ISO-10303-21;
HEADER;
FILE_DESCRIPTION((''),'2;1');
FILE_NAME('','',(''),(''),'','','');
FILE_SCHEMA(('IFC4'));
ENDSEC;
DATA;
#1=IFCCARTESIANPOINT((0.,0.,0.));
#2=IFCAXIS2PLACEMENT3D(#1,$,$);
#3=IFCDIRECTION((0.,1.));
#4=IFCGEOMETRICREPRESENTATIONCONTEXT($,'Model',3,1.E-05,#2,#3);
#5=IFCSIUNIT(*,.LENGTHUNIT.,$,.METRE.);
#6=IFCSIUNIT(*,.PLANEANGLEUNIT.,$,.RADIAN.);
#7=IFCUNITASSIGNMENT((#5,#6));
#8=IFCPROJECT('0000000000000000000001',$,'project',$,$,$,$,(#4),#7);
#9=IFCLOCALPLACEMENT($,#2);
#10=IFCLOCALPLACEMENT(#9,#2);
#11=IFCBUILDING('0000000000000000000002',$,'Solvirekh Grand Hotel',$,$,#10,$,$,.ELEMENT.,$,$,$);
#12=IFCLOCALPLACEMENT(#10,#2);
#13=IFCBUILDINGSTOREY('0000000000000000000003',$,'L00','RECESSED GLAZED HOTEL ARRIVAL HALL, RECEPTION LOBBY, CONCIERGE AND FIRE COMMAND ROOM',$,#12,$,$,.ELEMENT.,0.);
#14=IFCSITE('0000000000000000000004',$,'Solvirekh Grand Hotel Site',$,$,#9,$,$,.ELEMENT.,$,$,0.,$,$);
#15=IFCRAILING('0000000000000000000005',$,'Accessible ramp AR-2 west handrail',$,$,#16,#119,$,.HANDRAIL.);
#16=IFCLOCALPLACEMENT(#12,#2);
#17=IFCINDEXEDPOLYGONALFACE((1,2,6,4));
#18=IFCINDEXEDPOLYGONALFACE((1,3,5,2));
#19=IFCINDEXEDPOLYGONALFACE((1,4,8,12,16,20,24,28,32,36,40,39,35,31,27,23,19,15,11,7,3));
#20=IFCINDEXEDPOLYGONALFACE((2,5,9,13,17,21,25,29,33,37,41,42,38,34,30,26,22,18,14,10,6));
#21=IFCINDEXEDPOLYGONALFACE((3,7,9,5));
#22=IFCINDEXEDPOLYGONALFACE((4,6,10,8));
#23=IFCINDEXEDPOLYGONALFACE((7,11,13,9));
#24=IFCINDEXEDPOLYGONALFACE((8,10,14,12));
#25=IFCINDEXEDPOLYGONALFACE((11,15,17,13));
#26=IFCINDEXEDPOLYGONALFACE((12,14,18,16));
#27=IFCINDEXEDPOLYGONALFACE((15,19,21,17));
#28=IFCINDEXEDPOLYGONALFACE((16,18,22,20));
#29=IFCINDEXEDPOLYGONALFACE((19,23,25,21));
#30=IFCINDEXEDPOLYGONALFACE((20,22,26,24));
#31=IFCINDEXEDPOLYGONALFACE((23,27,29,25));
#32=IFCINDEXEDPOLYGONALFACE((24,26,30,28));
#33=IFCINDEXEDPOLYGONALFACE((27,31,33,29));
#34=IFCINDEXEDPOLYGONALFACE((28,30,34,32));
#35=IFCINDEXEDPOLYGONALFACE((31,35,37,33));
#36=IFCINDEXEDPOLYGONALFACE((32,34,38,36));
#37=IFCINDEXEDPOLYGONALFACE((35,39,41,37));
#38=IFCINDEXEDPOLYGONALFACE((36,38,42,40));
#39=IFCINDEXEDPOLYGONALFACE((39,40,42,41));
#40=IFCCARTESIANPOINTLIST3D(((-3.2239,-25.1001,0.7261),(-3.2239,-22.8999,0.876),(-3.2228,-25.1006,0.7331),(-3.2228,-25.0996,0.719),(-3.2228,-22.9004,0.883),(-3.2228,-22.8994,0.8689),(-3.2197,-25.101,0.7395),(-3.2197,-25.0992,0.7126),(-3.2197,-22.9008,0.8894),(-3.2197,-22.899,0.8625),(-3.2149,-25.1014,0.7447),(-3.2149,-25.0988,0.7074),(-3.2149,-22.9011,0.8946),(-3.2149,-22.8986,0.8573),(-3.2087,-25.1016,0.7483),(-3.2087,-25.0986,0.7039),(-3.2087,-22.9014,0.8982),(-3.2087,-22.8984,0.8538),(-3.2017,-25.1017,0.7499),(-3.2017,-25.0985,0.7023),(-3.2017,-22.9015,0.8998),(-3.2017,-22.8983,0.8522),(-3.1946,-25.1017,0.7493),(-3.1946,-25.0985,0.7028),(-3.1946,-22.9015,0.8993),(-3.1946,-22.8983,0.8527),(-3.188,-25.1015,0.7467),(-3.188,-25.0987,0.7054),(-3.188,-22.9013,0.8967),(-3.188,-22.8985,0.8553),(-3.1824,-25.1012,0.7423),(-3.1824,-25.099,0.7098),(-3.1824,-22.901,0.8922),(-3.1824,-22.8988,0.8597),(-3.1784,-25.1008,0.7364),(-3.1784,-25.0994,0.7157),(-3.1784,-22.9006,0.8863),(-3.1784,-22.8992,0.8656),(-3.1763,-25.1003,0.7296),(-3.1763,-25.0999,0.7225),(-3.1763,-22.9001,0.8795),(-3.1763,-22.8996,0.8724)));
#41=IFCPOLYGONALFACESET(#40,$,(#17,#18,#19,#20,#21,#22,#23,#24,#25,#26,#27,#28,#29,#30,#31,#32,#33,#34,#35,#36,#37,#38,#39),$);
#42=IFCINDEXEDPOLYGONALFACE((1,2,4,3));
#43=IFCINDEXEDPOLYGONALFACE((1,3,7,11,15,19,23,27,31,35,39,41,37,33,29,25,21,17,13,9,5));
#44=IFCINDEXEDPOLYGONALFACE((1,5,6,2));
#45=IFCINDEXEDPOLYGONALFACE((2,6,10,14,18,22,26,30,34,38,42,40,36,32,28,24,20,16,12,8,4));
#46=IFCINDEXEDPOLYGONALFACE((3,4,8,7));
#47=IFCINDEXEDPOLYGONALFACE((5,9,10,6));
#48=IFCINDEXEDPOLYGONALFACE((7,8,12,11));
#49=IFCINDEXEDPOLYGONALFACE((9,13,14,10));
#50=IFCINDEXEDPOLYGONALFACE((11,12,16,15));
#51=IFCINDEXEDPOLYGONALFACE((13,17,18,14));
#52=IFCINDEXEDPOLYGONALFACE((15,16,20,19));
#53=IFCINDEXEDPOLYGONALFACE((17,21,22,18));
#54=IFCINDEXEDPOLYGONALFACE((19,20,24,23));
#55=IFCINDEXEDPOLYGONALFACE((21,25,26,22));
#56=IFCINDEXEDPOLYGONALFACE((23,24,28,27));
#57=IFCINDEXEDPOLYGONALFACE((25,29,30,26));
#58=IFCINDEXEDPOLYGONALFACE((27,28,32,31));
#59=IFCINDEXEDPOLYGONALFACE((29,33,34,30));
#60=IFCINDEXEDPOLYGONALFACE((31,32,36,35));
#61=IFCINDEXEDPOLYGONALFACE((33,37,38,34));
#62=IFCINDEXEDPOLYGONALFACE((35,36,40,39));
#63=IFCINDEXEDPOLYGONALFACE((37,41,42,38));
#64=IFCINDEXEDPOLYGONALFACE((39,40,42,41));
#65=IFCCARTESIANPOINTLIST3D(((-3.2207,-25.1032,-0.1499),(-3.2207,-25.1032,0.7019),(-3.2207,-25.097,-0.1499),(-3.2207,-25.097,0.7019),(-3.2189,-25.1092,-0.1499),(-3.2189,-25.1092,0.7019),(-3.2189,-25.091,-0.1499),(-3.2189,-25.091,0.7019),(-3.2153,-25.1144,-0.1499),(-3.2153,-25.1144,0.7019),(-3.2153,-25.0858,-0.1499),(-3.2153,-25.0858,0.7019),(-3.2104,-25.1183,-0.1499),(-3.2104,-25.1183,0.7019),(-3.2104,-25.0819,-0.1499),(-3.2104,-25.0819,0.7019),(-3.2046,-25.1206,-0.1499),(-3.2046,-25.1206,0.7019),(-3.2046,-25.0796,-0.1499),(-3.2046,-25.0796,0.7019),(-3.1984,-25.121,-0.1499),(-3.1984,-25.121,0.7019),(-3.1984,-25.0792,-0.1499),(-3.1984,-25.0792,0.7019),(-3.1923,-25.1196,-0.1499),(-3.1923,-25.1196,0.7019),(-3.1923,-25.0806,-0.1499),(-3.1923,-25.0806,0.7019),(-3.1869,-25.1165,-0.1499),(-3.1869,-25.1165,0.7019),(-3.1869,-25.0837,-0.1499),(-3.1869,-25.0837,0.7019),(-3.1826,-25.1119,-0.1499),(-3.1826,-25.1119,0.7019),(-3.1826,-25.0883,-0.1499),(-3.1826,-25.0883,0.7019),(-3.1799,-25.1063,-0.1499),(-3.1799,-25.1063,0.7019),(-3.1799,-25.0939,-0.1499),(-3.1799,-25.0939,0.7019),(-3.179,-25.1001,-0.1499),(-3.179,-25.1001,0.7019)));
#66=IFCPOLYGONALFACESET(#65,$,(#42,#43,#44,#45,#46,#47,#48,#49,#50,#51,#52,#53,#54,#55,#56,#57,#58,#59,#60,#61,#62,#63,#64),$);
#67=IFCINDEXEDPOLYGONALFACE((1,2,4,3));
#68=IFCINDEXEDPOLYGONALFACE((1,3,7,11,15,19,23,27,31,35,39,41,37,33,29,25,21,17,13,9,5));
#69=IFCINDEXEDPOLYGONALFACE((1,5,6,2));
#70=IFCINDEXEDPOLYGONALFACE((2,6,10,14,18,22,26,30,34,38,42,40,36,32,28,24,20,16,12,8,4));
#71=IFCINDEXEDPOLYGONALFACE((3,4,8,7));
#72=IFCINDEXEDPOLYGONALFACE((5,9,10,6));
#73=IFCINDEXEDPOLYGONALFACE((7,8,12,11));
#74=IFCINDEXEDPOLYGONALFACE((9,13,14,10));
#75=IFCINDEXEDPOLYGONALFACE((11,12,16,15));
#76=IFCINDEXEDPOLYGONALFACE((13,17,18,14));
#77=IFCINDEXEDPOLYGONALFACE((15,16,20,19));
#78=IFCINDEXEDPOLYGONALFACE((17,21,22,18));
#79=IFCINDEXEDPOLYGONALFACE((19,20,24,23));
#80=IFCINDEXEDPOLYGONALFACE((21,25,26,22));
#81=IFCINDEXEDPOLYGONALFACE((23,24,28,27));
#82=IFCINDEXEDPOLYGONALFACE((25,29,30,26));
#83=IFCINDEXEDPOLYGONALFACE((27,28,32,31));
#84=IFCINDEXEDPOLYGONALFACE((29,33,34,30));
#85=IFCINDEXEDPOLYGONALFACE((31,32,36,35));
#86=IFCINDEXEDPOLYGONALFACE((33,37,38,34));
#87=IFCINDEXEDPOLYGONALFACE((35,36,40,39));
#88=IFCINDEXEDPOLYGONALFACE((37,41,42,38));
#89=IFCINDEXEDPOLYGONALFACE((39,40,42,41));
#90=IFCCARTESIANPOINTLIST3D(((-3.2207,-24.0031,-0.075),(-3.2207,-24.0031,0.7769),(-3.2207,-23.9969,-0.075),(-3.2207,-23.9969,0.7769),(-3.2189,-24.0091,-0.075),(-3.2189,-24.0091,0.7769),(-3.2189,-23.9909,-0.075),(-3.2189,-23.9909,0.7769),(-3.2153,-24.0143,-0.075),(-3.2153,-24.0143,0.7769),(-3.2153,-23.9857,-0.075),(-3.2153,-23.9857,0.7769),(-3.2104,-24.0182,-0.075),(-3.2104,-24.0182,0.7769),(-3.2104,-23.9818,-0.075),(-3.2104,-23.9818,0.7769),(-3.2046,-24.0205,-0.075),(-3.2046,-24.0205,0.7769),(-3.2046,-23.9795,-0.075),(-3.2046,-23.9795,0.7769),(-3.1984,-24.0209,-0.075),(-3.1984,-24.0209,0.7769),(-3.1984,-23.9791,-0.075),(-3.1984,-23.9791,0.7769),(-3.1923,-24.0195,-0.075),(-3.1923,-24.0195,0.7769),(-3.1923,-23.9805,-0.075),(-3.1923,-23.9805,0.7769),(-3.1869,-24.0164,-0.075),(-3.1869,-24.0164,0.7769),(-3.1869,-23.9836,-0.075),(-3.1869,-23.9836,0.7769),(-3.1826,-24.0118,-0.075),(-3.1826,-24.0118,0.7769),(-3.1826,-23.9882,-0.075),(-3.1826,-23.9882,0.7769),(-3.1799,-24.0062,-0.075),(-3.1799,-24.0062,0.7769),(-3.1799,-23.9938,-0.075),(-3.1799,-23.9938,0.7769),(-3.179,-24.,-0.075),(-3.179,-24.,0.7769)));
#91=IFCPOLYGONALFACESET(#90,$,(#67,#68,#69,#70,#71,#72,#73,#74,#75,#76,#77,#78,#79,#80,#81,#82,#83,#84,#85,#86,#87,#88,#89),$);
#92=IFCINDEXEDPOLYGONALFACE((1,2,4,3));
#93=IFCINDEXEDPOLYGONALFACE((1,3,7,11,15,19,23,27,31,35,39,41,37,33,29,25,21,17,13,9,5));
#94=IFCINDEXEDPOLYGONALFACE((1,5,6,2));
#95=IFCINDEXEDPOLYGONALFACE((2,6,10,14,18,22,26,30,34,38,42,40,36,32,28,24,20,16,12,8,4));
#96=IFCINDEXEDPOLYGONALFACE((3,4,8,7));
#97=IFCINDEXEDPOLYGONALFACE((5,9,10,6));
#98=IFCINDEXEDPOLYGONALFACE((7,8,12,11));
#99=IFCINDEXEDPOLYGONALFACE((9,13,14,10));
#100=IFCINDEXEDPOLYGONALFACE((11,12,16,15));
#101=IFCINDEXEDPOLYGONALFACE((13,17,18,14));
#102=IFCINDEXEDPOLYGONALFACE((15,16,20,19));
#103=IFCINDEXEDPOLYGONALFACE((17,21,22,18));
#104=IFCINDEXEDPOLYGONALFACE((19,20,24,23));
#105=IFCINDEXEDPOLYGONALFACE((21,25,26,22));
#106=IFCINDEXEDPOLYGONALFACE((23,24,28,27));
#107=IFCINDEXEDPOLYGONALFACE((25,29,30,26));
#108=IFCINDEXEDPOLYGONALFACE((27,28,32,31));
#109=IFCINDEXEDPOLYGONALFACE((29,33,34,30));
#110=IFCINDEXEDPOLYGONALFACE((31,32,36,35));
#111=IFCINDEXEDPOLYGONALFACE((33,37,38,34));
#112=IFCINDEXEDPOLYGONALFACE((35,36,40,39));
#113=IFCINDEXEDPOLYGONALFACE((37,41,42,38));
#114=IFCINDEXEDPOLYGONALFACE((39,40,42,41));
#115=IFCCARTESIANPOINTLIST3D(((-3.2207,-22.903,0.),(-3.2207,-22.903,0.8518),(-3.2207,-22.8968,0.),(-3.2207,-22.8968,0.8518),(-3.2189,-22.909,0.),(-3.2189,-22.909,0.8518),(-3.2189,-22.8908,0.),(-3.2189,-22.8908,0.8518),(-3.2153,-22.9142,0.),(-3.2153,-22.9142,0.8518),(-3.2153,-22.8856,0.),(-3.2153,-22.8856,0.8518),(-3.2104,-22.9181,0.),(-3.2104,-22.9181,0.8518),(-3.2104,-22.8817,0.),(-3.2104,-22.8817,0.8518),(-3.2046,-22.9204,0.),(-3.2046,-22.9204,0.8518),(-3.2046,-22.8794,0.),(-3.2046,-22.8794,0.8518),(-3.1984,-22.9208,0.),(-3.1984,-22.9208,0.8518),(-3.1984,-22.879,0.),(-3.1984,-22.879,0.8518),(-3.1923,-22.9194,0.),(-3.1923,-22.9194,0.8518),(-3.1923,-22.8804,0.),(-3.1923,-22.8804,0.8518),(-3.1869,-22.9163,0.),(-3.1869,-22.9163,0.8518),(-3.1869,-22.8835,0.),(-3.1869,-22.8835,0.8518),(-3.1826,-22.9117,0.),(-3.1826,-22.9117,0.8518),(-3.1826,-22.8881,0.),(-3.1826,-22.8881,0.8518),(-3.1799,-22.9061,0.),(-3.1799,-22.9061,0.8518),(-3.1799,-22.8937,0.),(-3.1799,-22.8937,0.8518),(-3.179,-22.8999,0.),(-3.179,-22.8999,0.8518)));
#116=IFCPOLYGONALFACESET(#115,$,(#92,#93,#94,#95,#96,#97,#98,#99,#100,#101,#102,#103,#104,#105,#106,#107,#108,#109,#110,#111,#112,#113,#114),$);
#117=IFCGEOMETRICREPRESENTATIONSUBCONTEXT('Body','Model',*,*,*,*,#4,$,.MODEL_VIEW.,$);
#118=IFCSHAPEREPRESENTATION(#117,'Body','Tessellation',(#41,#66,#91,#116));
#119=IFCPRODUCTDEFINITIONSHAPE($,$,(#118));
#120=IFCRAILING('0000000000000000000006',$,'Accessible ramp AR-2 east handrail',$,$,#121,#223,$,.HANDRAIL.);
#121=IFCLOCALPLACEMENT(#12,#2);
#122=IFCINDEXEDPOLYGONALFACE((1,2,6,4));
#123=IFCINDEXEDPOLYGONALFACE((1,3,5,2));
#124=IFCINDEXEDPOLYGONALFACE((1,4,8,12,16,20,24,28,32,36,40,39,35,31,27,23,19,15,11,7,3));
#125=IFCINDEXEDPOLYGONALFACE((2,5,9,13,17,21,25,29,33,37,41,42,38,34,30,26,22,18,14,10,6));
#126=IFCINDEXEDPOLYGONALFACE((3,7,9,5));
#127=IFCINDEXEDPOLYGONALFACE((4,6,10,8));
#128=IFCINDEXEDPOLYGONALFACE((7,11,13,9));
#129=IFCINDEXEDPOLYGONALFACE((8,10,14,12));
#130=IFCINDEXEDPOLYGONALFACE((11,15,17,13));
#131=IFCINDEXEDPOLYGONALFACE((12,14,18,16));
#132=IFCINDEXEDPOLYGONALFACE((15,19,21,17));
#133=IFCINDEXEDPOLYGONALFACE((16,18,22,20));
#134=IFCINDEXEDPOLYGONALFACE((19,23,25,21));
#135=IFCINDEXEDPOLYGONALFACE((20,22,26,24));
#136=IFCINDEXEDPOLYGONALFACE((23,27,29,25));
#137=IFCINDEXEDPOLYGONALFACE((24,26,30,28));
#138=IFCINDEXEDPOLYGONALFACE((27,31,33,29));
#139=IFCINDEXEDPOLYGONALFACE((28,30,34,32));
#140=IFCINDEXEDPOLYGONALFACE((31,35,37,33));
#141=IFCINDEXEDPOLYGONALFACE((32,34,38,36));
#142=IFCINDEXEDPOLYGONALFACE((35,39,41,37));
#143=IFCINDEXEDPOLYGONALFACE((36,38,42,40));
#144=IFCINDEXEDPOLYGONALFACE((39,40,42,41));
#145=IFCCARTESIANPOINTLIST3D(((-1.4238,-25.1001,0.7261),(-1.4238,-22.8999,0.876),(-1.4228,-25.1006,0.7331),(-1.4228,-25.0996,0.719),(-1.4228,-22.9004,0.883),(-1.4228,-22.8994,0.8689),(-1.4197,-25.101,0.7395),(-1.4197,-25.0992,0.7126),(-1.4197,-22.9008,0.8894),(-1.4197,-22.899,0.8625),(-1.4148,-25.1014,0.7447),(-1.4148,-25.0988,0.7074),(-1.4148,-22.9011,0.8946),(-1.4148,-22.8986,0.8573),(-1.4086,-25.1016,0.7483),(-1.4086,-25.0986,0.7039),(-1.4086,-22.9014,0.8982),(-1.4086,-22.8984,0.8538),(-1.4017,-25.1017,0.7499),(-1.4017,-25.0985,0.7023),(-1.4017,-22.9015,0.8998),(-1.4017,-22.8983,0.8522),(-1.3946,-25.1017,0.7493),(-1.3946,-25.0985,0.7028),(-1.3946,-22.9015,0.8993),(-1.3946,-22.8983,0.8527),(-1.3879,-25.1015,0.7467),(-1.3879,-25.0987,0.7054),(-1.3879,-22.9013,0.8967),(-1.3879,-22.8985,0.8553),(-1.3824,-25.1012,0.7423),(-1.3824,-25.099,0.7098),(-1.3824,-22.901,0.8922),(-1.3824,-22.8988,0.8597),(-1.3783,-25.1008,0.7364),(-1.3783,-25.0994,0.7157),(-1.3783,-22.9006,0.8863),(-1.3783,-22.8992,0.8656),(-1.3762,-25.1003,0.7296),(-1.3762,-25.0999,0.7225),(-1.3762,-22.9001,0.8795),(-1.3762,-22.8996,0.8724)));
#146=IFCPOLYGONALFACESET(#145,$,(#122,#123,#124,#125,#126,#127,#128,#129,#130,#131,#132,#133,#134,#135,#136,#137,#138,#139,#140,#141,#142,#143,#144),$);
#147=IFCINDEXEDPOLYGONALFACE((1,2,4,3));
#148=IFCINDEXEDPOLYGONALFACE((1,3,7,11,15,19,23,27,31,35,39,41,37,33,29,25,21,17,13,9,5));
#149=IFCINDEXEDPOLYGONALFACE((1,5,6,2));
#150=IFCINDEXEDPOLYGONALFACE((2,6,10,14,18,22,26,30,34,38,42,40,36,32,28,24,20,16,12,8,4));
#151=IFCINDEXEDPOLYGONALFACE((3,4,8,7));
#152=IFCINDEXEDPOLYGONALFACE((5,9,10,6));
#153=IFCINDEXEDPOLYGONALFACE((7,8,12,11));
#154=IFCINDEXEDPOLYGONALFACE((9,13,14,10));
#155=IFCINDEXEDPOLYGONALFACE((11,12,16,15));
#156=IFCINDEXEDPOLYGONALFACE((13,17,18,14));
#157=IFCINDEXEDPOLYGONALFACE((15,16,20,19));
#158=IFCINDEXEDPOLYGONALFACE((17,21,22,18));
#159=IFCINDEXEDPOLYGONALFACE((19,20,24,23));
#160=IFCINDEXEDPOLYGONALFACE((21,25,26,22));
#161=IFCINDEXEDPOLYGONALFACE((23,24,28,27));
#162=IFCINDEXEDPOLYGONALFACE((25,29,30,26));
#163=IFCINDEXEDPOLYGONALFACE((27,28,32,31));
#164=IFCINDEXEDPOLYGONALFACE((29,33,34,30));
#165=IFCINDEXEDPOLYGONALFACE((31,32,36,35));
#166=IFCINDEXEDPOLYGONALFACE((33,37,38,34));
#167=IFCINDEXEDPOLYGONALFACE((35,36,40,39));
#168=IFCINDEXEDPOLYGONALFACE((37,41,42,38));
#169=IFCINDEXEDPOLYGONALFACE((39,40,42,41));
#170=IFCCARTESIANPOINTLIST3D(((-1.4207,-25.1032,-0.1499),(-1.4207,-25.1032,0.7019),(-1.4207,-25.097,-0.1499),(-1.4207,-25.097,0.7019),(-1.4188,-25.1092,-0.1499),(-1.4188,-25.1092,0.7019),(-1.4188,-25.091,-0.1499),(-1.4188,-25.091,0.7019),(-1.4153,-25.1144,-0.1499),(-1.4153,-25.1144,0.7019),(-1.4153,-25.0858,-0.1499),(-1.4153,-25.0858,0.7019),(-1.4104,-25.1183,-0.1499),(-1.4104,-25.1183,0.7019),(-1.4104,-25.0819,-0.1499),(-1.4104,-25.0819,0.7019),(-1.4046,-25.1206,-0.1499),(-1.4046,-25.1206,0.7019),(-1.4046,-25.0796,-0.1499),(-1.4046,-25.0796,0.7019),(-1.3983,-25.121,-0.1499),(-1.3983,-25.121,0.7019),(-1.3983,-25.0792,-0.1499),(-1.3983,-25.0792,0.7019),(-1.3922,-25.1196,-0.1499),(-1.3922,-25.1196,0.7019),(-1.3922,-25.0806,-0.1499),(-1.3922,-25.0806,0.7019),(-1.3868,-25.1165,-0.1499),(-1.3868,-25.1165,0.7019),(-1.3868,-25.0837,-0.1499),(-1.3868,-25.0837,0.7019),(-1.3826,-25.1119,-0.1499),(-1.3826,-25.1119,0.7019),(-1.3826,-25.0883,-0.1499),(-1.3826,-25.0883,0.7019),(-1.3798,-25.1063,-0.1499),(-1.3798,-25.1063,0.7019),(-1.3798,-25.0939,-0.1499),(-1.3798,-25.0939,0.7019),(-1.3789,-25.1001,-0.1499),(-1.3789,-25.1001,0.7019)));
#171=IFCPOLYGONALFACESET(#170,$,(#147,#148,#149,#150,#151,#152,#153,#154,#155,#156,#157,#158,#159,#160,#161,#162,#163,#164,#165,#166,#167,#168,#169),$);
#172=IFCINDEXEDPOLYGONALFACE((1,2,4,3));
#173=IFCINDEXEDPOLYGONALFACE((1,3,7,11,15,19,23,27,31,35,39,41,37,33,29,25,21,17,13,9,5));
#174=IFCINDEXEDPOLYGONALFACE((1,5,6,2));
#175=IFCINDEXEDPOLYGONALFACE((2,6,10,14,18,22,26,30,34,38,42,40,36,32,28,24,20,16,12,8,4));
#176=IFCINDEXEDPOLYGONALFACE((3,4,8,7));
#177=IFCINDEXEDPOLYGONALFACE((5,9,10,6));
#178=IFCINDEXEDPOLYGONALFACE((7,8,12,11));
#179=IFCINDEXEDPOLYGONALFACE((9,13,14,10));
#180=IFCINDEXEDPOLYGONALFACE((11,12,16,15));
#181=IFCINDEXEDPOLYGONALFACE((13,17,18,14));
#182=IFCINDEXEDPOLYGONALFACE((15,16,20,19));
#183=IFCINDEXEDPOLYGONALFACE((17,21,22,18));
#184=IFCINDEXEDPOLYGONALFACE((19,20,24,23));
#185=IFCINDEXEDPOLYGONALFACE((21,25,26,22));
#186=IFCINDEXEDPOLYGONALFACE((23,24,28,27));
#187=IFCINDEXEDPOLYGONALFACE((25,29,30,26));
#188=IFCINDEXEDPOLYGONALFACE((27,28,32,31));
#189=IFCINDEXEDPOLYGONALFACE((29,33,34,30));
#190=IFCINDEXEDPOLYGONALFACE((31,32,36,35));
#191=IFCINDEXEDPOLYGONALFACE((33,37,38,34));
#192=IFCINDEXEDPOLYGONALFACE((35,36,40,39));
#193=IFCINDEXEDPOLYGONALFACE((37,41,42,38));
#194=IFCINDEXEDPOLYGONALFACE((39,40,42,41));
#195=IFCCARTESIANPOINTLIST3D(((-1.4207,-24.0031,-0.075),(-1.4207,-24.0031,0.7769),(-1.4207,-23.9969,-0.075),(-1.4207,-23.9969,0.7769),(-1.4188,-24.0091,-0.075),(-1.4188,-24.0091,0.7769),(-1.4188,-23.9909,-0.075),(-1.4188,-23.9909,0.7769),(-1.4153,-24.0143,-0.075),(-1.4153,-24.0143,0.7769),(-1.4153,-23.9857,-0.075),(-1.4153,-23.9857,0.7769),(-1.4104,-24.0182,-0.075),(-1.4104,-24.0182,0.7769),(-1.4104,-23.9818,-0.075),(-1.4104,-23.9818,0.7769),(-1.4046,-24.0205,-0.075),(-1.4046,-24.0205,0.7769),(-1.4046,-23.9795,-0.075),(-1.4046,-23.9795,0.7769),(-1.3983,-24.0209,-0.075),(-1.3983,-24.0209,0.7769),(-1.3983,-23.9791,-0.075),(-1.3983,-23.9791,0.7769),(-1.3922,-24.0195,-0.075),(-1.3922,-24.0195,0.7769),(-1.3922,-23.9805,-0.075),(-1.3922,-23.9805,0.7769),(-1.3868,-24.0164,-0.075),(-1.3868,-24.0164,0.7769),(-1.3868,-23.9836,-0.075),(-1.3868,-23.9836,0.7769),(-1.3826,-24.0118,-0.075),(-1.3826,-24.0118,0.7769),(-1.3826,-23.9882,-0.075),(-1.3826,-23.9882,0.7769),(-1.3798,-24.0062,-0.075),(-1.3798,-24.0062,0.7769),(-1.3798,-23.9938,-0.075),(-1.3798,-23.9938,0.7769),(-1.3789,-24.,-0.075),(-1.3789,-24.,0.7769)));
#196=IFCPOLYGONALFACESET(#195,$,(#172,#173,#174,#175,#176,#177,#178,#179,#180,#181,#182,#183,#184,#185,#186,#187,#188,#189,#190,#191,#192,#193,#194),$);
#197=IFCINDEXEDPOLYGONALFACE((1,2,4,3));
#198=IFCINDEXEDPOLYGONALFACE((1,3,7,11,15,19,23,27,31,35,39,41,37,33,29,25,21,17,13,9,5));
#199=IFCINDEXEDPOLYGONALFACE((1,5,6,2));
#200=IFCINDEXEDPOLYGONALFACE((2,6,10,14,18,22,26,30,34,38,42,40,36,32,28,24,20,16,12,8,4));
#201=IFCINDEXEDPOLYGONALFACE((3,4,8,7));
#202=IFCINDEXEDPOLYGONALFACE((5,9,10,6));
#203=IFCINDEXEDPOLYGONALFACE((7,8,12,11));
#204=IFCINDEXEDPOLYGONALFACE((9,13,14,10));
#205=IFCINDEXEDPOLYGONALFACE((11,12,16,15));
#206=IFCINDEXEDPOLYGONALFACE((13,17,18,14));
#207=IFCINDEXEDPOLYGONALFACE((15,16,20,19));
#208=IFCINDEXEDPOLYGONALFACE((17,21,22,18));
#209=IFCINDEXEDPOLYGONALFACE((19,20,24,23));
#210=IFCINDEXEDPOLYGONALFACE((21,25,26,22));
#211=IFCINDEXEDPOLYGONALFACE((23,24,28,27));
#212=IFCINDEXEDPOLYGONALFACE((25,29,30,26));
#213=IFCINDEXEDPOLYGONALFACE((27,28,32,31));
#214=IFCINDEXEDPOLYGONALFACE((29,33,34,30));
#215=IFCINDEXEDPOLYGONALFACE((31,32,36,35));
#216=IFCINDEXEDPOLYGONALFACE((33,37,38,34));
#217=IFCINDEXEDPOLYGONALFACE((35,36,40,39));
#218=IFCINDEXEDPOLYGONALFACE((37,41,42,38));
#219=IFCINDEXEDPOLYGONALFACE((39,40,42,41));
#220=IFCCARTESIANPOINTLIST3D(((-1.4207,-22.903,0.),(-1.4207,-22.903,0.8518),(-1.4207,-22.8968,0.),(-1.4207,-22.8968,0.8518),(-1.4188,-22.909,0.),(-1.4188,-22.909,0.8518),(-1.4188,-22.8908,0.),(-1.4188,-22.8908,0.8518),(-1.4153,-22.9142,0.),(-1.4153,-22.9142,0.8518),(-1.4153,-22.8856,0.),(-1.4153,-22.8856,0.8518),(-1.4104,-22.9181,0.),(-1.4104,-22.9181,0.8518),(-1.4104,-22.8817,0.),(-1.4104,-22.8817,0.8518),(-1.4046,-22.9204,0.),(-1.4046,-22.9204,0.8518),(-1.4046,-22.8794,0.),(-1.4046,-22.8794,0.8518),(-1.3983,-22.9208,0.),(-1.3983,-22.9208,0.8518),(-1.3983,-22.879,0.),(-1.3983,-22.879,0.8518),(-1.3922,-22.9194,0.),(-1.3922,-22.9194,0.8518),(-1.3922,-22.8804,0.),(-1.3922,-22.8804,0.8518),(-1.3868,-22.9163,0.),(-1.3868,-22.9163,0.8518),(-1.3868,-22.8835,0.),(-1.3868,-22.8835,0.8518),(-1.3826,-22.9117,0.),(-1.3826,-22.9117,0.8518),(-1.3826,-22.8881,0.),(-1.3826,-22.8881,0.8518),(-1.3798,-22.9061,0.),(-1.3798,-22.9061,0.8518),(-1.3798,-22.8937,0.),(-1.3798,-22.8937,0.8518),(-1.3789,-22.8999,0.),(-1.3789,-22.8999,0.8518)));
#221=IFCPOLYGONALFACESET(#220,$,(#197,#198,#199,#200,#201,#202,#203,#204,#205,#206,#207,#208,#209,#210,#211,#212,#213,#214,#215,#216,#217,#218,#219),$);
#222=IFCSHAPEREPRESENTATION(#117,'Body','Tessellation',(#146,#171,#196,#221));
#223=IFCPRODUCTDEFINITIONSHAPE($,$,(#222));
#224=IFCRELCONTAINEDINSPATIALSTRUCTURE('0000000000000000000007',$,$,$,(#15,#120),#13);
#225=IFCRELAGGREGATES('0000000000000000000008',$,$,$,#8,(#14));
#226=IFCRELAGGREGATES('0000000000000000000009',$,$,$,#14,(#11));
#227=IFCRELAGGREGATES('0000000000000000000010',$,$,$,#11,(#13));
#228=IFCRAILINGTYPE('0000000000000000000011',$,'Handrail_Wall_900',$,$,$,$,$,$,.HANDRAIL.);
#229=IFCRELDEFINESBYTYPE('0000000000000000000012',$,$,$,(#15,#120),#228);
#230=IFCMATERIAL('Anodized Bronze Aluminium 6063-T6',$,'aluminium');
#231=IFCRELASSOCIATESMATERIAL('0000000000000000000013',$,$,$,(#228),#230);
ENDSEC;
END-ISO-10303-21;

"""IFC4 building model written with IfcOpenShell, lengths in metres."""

from ifc_helpers import new_model, si_unit, direction, frame, origin, origin_2d, place, context, subcontext, project, spatial, circle, extrude, material, type_object, element, save


model = new_model("IFC4")

# Units and contexts
model_context = context("Model", 3, precision=1e-05, world=origin(), true_north=direction((0.0, 1.0)))
body_context = subcontext(model_context, "Body", "Model", "MODEL_VIEW")
ifc_project = project(units=[si_unit("LENGTHUNIT", "METRE"), si_unit("PLANEANGLEUNIT", "RADIAN")], contexts=[model_context])

# Site, building, storey
site_placement = place(None, origin())
site = spatial("IfcSite", under=ifc_project, at=site_placement, Name="Solvirekh Grand Hotel Site", CompositionType="ELEMENT", RefElevation=0.0)
building_placement = place(site_placement, origin())
building = spatial("IfcBuilding", under=site, at=building_placement, Name="Solvirekh Grand Hotel", CompositionType="ELEMENT")
storey_placement = place(building_placement, origin())
storey = spatial("IfcBuildingStorey", under=building, at=storey_placement, Name="L00", Description="RECESSED GLAZED HOTEL ARRIVAL HALL, RECEPTION LOBBY, CONCIERGE AND FIRE COMMAND ROOM", CompositionType="ELEMENT", Elevation=0.0)

# Shared definitions
ifc_material_1 = material(Name="Anodized Bronze Aluminium 6063-T6", Category="aluminium")

# Railings
railing_type = type_object("IfcRailingType", Name="Handrail_Wall_900", PredefinedType="HANDRAIL", material=ifc_material_1)
for number, where, name in (
    (1, (-3.2, -25.1001, -0.1499), "Accessible ramp AR-2 west handrail"),
    (2, (-1.3999, -25.1001, -0.1499), "Accessible ramp AR-2 east handrail"),
):
    element("IfcRailing", number, at=place(storey_placement, frame(where)), inside=storey, type_object=railing_type, Name=name, PredefinedType="HANDRAIL", context=body_context, shape_type="SweptSolid", body=[
        extrude(circle(Radius=0.0239, at=origin_2d()), frame((0.0, 0.0, 0.876), z_axis=(0.0, 0.997687, 0.067974), x_axis=(-1.0, 0.0, 0.0)), (0.0, 0.0, 1.0), 2.2053),
        extrude(circle(Radius=0.021, at=origin_2d()), origin(), (0.0, 0.0, 1.0), 0.8518),
        extrude(circle(Radius=0.021, at=origin_2d()), frame((0.0, 1.1001, 0.075)), (0.0, 0.0, 1.0), 0.8518),
        extrude(circle(Radius=0.021, at=origin_2d()), frame((0.0, 2.2002, 0.1499)), (0.0, 0.0, 1.0), 0.8518),
    ])

save(model, "model.ifc")
